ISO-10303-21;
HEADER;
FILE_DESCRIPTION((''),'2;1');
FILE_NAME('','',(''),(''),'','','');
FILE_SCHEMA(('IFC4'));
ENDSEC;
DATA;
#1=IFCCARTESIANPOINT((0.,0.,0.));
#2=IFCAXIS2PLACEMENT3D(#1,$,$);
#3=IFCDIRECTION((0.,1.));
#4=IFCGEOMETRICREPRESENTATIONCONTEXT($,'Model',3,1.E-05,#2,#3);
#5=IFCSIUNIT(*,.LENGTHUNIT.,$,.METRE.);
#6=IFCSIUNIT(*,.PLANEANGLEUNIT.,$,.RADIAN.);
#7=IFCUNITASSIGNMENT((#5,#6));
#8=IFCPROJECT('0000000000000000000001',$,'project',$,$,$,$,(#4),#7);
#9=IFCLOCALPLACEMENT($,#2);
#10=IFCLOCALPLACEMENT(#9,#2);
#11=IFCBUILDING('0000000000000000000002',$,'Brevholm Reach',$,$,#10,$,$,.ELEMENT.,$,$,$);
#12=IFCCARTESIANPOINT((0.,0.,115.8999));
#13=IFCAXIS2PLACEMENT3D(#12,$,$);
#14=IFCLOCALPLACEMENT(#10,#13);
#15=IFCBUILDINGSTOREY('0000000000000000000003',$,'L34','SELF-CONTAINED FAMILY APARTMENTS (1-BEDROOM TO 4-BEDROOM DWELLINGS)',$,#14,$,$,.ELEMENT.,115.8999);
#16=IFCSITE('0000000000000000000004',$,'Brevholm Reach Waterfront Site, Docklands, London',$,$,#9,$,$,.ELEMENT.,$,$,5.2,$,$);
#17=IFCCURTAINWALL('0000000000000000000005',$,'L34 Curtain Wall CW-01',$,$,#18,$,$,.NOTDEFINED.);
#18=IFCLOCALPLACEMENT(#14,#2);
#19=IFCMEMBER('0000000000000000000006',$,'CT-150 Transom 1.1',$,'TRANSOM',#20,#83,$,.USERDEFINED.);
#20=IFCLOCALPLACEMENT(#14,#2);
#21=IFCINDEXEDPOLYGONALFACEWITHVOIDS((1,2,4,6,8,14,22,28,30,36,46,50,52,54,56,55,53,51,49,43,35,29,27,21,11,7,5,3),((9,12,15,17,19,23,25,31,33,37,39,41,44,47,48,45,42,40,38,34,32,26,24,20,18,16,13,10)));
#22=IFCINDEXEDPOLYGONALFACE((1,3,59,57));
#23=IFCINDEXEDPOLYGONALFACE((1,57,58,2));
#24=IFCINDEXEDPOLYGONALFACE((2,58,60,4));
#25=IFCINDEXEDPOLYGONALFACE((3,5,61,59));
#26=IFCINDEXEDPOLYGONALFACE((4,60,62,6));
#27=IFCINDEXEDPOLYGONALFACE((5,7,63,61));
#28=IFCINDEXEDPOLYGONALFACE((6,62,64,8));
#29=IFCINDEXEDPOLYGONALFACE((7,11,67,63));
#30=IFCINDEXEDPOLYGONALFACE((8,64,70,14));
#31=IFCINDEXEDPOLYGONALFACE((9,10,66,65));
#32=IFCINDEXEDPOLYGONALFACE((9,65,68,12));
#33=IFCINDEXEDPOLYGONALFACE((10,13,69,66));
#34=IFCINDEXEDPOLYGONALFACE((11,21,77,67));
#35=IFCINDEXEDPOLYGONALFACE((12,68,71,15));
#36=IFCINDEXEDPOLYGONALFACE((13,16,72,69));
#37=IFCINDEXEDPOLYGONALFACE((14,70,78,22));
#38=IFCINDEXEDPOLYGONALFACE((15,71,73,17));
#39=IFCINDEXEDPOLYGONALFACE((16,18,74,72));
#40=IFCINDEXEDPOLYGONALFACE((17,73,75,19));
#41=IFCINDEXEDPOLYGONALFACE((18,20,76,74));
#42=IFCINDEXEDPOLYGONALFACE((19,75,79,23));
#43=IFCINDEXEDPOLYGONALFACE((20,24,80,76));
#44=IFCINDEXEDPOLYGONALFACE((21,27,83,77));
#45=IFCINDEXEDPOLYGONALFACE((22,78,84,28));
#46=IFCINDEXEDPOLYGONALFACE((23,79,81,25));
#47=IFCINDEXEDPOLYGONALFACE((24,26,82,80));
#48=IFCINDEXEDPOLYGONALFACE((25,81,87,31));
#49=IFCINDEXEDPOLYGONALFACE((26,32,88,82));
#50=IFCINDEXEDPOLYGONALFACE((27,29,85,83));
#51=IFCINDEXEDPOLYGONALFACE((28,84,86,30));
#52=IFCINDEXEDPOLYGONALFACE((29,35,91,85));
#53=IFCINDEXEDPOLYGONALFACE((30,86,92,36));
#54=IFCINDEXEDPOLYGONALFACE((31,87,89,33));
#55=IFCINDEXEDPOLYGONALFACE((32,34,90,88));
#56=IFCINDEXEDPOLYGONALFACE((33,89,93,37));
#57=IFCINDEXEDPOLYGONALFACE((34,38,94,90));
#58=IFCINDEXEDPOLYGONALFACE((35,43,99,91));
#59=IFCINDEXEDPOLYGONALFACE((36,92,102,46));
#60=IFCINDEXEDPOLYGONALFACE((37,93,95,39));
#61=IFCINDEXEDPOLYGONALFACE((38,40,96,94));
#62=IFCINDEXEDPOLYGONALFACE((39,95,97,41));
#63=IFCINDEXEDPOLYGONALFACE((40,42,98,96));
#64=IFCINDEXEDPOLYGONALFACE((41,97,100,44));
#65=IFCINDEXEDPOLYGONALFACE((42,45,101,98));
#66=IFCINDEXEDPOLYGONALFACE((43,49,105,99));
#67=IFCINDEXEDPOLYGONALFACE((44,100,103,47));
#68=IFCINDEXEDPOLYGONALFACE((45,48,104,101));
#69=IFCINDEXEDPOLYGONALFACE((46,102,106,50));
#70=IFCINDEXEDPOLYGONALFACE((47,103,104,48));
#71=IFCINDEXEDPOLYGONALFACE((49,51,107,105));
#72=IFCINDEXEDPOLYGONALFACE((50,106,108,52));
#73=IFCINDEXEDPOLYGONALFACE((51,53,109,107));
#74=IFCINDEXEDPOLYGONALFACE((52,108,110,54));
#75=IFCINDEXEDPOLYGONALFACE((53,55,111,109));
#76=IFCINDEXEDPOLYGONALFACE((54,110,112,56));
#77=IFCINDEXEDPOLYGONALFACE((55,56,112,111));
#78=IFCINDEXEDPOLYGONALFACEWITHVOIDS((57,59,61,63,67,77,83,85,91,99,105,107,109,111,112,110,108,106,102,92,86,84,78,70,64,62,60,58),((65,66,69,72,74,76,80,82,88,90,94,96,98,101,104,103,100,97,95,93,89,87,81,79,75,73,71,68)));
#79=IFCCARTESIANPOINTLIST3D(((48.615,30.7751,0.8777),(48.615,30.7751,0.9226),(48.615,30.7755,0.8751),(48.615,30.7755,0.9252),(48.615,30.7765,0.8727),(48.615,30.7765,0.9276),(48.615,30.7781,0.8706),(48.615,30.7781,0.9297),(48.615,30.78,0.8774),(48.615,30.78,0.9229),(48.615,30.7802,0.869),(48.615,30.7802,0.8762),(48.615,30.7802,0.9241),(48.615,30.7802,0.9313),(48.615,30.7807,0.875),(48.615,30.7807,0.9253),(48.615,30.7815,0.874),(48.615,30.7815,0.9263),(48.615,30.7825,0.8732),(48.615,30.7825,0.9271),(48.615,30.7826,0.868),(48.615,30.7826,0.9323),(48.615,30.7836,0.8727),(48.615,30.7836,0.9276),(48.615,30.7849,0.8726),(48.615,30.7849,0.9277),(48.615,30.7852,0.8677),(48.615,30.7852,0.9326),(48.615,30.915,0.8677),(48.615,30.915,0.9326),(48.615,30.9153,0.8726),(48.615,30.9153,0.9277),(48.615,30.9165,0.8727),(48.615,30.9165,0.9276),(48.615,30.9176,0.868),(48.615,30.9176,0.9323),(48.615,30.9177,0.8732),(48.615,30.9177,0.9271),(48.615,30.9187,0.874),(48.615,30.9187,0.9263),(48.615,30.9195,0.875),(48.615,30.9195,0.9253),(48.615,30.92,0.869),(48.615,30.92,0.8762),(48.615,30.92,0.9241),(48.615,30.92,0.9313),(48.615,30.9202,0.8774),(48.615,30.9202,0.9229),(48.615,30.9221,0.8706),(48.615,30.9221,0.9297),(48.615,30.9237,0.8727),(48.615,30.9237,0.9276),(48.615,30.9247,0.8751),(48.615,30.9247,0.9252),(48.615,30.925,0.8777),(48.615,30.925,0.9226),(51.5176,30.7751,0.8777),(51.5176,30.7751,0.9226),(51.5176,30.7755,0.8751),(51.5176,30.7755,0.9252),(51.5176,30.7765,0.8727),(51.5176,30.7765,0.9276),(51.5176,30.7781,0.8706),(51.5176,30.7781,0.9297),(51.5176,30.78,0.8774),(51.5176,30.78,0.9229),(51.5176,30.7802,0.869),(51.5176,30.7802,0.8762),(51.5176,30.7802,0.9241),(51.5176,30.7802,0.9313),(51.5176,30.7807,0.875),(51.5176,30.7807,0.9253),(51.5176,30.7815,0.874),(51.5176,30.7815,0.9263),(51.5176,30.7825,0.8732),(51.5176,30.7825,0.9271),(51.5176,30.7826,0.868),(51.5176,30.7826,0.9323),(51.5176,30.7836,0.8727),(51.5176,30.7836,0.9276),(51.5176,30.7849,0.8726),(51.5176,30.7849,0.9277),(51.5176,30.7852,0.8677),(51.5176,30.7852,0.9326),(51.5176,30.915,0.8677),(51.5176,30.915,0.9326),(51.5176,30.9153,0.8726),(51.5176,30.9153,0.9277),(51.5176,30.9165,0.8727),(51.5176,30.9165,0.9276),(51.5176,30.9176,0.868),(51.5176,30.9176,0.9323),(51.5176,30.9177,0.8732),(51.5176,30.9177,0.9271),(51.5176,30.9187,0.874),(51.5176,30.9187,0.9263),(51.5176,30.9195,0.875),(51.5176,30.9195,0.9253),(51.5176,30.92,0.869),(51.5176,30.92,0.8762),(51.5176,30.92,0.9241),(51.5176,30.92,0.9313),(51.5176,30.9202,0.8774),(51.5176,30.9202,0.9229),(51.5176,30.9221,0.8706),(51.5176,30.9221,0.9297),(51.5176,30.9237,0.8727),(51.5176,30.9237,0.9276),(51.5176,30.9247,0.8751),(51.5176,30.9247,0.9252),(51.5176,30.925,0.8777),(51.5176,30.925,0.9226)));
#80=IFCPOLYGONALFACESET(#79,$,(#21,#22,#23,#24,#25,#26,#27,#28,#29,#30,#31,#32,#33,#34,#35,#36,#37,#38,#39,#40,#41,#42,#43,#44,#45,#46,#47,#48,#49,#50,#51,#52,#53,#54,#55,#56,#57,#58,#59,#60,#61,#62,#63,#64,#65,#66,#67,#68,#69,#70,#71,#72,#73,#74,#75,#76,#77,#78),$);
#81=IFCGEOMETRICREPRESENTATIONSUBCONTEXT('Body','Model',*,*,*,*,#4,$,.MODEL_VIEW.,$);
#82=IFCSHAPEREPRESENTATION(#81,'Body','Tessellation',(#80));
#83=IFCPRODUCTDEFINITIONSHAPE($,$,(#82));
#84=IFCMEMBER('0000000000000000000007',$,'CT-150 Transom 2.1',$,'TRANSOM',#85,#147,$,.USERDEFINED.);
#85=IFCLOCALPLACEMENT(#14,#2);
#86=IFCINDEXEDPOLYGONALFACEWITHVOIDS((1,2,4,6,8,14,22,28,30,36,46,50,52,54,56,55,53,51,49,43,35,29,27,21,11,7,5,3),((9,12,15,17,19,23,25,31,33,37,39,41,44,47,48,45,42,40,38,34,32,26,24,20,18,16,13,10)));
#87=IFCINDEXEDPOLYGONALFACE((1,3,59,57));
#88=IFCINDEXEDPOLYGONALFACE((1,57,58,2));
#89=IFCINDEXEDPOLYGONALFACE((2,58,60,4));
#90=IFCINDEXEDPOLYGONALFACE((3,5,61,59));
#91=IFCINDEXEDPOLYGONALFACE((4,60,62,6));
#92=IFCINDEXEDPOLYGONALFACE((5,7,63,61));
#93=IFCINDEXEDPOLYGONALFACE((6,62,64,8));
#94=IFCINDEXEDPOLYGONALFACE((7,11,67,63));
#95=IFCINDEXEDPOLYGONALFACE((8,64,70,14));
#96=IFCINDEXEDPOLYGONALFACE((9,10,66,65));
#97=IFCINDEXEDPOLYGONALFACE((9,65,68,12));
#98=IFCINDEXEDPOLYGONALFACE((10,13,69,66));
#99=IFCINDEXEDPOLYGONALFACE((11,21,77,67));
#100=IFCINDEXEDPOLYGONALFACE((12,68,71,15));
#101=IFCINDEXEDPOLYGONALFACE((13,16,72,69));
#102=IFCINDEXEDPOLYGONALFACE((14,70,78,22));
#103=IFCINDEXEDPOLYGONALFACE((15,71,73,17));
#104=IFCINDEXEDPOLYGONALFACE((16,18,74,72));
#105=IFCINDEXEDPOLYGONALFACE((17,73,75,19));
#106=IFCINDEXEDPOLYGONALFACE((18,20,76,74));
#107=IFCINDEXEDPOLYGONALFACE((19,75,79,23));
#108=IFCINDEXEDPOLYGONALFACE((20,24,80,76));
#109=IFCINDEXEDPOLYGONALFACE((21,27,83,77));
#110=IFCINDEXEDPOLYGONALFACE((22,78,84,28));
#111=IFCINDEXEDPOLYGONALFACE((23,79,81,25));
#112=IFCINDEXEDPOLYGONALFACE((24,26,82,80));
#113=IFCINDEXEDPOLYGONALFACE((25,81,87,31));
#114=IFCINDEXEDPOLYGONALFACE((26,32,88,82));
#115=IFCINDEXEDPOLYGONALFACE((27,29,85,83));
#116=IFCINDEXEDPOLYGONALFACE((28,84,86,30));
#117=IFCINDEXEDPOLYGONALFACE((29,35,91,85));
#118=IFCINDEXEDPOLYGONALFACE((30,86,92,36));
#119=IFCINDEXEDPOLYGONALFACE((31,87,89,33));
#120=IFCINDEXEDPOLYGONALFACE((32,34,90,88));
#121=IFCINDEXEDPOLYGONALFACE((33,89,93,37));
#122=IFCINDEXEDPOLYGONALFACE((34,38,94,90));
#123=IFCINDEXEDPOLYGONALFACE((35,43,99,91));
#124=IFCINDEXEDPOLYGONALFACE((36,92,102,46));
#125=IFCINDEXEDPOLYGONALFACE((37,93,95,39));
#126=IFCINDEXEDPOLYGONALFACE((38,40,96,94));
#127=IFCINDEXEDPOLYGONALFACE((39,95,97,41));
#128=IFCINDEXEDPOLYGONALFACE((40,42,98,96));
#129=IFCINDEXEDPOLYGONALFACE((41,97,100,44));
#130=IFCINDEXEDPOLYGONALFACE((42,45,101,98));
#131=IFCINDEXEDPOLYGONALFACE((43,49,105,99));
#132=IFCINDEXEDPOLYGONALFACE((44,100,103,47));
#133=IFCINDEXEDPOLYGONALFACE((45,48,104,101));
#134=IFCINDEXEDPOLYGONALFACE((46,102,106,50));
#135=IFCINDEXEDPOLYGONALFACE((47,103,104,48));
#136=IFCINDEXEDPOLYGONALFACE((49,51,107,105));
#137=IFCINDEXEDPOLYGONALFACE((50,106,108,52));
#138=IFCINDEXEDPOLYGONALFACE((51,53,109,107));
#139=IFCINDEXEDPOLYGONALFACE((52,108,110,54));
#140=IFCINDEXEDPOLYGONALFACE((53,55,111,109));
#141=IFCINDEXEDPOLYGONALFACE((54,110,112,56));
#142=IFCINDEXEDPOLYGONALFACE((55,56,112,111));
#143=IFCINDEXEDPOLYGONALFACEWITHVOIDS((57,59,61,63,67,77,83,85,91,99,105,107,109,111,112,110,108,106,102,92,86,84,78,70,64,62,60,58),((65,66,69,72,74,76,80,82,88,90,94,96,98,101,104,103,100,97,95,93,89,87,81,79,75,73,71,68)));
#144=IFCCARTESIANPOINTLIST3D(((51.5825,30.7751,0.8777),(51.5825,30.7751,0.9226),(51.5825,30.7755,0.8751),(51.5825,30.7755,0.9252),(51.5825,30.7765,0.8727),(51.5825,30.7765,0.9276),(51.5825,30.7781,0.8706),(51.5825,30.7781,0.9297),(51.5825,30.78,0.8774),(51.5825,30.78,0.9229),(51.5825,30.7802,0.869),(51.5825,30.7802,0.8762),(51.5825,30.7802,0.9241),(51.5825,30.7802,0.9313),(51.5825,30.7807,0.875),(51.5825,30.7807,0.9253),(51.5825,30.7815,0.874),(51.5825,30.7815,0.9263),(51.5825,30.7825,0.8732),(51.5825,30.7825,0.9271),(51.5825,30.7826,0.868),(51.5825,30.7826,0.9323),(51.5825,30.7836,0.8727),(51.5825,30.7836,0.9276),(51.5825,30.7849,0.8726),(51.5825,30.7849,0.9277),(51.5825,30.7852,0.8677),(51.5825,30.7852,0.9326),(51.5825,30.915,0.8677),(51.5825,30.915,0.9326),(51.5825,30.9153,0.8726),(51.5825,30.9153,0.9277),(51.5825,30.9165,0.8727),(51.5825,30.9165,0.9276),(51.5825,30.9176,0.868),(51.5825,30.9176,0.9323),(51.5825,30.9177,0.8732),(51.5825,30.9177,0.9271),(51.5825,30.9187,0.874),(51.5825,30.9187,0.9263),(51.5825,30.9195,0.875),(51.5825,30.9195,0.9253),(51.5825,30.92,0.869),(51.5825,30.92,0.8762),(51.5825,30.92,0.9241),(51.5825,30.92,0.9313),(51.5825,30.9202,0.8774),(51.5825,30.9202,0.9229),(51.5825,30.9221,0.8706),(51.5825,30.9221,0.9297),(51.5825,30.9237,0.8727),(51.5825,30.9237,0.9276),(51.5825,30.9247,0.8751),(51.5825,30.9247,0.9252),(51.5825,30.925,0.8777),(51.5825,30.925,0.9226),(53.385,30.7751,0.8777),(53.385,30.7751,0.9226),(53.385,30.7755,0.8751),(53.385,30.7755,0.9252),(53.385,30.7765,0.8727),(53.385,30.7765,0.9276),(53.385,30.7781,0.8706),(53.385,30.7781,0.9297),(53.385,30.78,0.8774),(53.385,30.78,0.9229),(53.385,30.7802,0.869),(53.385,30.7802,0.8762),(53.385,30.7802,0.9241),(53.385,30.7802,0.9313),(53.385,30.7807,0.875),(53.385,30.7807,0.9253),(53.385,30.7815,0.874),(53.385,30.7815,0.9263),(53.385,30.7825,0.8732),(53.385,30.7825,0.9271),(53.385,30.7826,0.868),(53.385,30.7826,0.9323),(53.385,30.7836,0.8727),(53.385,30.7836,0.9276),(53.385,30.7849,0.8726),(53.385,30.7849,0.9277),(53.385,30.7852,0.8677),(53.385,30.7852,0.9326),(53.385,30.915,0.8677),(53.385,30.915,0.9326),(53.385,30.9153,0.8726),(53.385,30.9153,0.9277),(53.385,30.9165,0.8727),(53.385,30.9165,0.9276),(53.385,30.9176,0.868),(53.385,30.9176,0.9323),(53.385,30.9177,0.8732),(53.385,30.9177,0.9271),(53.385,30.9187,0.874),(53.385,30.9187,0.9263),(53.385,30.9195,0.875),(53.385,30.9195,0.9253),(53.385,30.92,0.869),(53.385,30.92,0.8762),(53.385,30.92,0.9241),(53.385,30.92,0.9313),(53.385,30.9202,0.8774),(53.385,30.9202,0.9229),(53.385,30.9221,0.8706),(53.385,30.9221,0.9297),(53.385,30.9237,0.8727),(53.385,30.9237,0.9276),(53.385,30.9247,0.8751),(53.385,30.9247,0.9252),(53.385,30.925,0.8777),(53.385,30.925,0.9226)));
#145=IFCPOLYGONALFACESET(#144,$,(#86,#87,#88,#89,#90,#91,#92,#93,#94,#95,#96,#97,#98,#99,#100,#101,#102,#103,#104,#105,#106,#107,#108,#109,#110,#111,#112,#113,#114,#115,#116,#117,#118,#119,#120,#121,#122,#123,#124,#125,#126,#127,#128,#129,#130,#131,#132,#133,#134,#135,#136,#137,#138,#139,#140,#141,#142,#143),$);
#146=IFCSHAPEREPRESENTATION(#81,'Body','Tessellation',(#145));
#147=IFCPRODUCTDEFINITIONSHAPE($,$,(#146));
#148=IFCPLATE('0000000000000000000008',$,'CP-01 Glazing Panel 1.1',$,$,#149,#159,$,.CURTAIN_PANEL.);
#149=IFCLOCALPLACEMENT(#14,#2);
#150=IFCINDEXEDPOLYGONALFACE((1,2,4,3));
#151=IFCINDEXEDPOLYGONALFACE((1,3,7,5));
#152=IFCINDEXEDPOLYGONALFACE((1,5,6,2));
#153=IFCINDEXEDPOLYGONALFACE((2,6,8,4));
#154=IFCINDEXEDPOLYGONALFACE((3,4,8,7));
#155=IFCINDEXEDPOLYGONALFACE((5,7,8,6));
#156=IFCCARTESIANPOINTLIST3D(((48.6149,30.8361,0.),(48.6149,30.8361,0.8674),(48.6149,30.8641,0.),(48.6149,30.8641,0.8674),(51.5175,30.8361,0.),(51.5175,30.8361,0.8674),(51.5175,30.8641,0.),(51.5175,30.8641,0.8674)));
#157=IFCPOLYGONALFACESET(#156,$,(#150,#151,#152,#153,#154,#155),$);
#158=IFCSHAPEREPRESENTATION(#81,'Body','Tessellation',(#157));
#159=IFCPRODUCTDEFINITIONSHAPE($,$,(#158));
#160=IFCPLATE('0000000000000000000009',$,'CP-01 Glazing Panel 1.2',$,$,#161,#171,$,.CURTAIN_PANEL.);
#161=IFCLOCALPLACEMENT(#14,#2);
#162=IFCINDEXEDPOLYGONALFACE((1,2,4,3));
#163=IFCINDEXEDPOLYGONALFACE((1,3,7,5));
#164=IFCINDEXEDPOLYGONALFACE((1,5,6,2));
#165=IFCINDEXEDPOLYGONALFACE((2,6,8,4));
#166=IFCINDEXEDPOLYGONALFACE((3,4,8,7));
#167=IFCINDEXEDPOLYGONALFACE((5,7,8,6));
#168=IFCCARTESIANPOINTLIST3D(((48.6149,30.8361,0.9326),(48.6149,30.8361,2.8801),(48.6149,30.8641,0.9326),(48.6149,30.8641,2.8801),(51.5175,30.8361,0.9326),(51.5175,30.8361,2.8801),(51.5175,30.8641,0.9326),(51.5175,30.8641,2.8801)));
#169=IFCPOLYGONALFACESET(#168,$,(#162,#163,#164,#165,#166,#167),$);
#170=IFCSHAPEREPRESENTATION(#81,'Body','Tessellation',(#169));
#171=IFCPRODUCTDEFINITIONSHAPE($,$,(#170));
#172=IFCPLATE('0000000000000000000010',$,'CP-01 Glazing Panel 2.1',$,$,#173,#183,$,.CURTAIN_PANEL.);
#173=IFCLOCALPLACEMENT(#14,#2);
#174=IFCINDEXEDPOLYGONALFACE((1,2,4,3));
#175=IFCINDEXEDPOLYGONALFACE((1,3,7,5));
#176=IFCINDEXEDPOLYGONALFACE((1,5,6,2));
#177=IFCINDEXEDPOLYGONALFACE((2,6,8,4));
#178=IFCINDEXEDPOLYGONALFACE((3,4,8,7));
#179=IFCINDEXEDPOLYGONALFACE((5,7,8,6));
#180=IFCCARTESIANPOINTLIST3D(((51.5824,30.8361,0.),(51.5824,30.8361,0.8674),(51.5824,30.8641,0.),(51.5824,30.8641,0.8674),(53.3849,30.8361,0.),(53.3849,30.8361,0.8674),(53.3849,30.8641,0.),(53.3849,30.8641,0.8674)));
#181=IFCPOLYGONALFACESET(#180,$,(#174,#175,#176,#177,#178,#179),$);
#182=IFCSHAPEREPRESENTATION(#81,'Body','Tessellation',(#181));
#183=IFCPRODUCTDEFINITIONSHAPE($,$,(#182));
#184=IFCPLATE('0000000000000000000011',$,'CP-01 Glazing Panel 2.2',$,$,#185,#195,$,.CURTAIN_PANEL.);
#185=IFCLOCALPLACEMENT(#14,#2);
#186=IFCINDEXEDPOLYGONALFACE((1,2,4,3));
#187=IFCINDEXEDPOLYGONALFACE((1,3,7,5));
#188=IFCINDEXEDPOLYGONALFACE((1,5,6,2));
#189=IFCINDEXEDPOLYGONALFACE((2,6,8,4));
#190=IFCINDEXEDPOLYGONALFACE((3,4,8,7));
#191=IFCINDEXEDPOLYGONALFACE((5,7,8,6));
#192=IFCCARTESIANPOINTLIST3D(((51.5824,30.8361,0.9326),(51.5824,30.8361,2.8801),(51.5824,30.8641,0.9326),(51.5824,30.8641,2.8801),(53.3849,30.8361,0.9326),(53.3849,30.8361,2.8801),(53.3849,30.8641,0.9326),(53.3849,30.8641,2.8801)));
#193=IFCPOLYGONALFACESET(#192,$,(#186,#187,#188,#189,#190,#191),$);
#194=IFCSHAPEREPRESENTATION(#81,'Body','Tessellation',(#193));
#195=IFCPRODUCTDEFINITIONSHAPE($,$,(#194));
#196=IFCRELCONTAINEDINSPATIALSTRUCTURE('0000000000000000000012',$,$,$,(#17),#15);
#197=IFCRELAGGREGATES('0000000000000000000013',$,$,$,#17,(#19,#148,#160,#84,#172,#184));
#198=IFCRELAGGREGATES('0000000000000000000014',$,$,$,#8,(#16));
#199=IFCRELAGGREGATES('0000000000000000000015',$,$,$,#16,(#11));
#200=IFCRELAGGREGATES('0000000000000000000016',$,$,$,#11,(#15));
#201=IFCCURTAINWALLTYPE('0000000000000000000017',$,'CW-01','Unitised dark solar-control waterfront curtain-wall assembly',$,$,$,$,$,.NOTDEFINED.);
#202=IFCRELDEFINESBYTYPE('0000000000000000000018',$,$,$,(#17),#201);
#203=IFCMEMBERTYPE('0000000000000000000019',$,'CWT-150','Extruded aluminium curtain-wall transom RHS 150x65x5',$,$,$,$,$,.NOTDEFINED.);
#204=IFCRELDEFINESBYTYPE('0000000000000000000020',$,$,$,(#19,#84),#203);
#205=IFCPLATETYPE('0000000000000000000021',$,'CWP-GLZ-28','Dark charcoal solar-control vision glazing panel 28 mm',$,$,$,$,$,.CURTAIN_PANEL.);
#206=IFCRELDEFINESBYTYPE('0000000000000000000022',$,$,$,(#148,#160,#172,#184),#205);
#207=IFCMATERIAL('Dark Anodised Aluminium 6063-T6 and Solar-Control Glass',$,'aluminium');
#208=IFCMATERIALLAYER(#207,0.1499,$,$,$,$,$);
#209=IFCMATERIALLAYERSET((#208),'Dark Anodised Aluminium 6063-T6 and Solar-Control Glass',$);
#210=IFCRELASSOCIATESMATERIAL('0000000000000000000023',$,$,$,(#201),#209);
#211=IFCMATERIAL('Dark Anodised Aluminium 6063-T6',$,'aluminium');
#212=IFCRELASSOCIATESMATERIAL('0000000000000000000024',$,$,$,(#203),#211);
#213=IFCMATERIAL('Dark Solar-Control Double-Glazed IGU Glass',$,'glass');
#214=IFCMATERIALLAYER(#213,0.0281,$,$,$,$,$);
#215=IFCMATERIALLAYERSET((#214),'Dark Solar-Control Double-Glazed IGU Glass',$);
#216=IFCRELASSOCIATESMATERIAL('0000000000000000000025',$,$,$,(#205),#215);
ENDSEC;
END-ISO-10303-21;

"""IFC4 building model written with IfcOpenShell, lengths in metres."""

from ifc_helpers import new_model, si_unit, direction, frame, origin, origin_2d, place, context, subcontext, project, spatial, rectangle, hollow_rectangle, extrude, material, layer, layer_set, material_profile, profile_set, type_object, element, aggregate, save


model = new_model("IFC4")

# Units and contexts
model_context = context("Model", 3, precision=1e-05, world=origin(), true_north=direction((0.0, 1.0)))
body_context = subcontext(model_context, "Body", "Model", "MODEL_VIEW")
ifc_project = project(units=[si_unit("LENGTHUNIT", "METRE"), si_unit("PLANEANGLEUNIT", "RADIAN")], contexts=[model_context])

# Site, building, storey
site_placement = place(None, origin())
site = spatial("IfcSite", under=ifc_project, at=site_placement, Name="Brevholm Reach Waterfront Site, Docklands, London", CompositionType="ELEMENT", RefElevation=5.2)
building_placement = place(site_placement, origin())
building = spatial("IfcBuilding", under=site, at=building_placement, Name="Brevholm Reach", CompositionType="ELEMENT")
storey_placement = place(building_placement, frame((0.0, 0.0, 115.8999)))
storey = spatial("IfcBuildingStorey", under=building, at=storey_placement, Name="L34", Description="SELF-CONTAINED FAMILY APARTMENTS (1-BEDROOM TO 4-BEDROOM DWELLINGS)", CompositionType="ELEMENT", Elevation=115.8999)

# Curtain wall, members, plates
ifc_material_1 = material(Name="Dark Anodised Aluminium 6063-T6 and Solar-Control Glass", Category="aluminium")
ifc_layer_1 = layer(ifc_material_1, 0.1499)
ifc_layer_set_1 = layer_set([ifc_layer_1], Name="Dark Anodised Aluminium 6063-T6 and Solar-Control Glass")
curtain_wall_type = type_object("IfcCurtainWallType", Name="CW-01", Description="Unitised dark solar-control waterfront curtain-wall assembly", PredefinedType="NOTDEFINED", material=ifc_layer_set_1)
curtain_wall_placement = place(storey_placement, origin())
curtain_wall = element("IfcCurtainWall", 1, at=curtain_wall_placement, inside=storey, type_object=curtain_wall_type, Name="L34 Curtain Wall CW-01", PredefinedType="NOTDEFINED")
ifc_material_2 = material(Name="Dark Anodised Aluminium 6063-T6", Category="aluminium")
ifc_material_profile_1 = material_profile(ifc_material_2, hollow_rectangle(XDim=0.0649, YDim=0.1499, WallThickness=0.0049, InnerFilletRadius=0.0049, OuterFilletRadius=0.01, at=origin_2d()), Name="RHS 150x65x5")
ifc_profile_set_1 = profile_set([ifc_material_profile_1], Name="Dark Anodised Aluminium 6063-T6")
member_type_1 = type_object("IfcMemberType", Name="CWT-150", Description="Extruded aluminium curtain-wall transom RHS 150x65x5", PredefinedType="NOTDEFINED", material=ifc_profile_set_1)
member_1_placement = place(storey_placement, frame((48.615, 30.8501, 0.9001), z_axis=(1.0, 0.0, 0.0), x_axis=(0.0, 0.0, 1.0)))
member_1 = element("IfcMember", 2, at=member_1_placement, type_object=member_type_1, Name="CT-150 Transom 1.1", ObjectType="TRANSOM", PredefinedType="USERDEFINED", context=body_context, shape_type="SweptSolid", body=[
    extrude(hollow_rectangle(XDim=0.0649, YDim=0.1499, WallThickness=0.0049, InnerFilletRadius=0.0049, OuterFilletRadius=0.01, at=origin_2d()), origin(), (0.0, 0.0, 1.0), 2.9026),
])
member_2_placement = place(storey_placement, frame((51.5825, 30.8501, 0.9001), z_axis=(1.0, 0.0, 0.0), x_axis=(0.0, 0.0, 1.0)))
member_2 = element("IfcMember", 3, at=member_2_placement, type_object=member_type_1, Name="CT-150 Transom 2.1", ObjectType="TRANSOM", PredefinedType="USERDEFINED", context=body_context, shape_type="SweptSolid", body=[
    extrude(hollow_rectangle(XDim=0.0649, YDim=0.1499, WallThickness=0.0049, InnerFilletRadius=0.0049, OuterFilletRadius=0.01, at=origin_2d()), origin(), (0.0, 0.0, 1.0), 1.8025),
])
ifc_material_3 = material(Name="Dark Solar-Control Double-Glazed IGU Glass", Category="glass")
ifc_layer_2 = layer(ifc_material_3, 0.0281)
ifc_layer_set_2 = layer_set([ifc_layer_2], Name="Dark Solar-Control Double-Glazed IGU Glass")
plate_type = type_object("IfcPlateType", Name="CWP-GLZ-28", Description="Dark charcoal solar-control vision glazing panel 28 mm", PredefinedType="CURTAIN_PANEL", material=ifc_layer_set_2)
plate_1_placement = place(storey_placement, frame((50.0662, 30.8501, 0.0), z_axis=(0.0, 0.0, 1.0), x_axis=(1.0, 0.0, 0.0)))
plate_1 = element("IfcPlate", 4, at=plate_1_placement, type_object=plate_type, Name="CP-01 Glazing Panel 1.1", PredefinedType="CURTAIN_PANEL", context=body_context, shape_type="SweptSolid", body=[
    extrude(rectangle(XDim=2.9026, YDim=0.0281, at=origin_2d()), origin(), (0.0, 0.0, 1.0), 0.8674),
])
plate_2_placement = place(storey_placement, frame((50.0662, 30.8501, 0.9326), z_axis=(0.0, 0.0, 1.0), x_axis=(1.0, 0.0, 0.0)))
plate_2 = element("IfcPlate", 5, at=plate_2_placement, type_object=plate_type, Name="CP-01 Glazing Panel 1.2", PredefinedType="CURTAIN_PANEL", context=body_context, shape_type="SweptSolid", body=[
    extrude(rectangle(XDim=2.9026, YDim=0.0281, at=origin_2d()), origin(), (0.0, 0.0, 1.0), 1.9475),
])
plate_3_placement = place(storey_placement, frame((52.4836, 30.8501, 0.0), z_axis=(0.0, 0.0, 1.0), x_axis=(1.0, 0.0, 0.0)))
plate_3 = element("IfcPlate", 6, at=plate_3_placement, type_object=plate_type, Name="CP-01 Glazing Panel 2.1", PredefinedType="CURTAIN_PANEL", context=body_context, shape_type="SweptSolid", body=[
    extrude(rectangle(XDim=1.8025, YDim=0.0281, at=origin_2d()), origin(), (0.0, 0.0, 1.0), 0.8674),
])
plate_4_placement = place(storey_placement, frame((52.4836, 30.8501, 0.9326), z_axis=(0.0, 0.0, 1.0), x_axis=(1.0, 0.0, 0.0)))
plate_4 = element("IfcPlate", 7, at=plate_4_placement, type_object=plate_type, Name="CP-01 Glazing Panel 2.2", PredefinedType="CURTAIN_PANEL", context=body_context, shape_type="SweptSolid", body=[
    extrude(rectangle(XDim=1.8025, YDim=0.0281, at=origin_2d()), origin(), (0.0, 0.0, 1.0), 1.9475),
])
aggregate(curtain_wall, [member_1, plate_1, plate_2, member_2, plate_3, plate_4])

save(model, "model.ifc")
